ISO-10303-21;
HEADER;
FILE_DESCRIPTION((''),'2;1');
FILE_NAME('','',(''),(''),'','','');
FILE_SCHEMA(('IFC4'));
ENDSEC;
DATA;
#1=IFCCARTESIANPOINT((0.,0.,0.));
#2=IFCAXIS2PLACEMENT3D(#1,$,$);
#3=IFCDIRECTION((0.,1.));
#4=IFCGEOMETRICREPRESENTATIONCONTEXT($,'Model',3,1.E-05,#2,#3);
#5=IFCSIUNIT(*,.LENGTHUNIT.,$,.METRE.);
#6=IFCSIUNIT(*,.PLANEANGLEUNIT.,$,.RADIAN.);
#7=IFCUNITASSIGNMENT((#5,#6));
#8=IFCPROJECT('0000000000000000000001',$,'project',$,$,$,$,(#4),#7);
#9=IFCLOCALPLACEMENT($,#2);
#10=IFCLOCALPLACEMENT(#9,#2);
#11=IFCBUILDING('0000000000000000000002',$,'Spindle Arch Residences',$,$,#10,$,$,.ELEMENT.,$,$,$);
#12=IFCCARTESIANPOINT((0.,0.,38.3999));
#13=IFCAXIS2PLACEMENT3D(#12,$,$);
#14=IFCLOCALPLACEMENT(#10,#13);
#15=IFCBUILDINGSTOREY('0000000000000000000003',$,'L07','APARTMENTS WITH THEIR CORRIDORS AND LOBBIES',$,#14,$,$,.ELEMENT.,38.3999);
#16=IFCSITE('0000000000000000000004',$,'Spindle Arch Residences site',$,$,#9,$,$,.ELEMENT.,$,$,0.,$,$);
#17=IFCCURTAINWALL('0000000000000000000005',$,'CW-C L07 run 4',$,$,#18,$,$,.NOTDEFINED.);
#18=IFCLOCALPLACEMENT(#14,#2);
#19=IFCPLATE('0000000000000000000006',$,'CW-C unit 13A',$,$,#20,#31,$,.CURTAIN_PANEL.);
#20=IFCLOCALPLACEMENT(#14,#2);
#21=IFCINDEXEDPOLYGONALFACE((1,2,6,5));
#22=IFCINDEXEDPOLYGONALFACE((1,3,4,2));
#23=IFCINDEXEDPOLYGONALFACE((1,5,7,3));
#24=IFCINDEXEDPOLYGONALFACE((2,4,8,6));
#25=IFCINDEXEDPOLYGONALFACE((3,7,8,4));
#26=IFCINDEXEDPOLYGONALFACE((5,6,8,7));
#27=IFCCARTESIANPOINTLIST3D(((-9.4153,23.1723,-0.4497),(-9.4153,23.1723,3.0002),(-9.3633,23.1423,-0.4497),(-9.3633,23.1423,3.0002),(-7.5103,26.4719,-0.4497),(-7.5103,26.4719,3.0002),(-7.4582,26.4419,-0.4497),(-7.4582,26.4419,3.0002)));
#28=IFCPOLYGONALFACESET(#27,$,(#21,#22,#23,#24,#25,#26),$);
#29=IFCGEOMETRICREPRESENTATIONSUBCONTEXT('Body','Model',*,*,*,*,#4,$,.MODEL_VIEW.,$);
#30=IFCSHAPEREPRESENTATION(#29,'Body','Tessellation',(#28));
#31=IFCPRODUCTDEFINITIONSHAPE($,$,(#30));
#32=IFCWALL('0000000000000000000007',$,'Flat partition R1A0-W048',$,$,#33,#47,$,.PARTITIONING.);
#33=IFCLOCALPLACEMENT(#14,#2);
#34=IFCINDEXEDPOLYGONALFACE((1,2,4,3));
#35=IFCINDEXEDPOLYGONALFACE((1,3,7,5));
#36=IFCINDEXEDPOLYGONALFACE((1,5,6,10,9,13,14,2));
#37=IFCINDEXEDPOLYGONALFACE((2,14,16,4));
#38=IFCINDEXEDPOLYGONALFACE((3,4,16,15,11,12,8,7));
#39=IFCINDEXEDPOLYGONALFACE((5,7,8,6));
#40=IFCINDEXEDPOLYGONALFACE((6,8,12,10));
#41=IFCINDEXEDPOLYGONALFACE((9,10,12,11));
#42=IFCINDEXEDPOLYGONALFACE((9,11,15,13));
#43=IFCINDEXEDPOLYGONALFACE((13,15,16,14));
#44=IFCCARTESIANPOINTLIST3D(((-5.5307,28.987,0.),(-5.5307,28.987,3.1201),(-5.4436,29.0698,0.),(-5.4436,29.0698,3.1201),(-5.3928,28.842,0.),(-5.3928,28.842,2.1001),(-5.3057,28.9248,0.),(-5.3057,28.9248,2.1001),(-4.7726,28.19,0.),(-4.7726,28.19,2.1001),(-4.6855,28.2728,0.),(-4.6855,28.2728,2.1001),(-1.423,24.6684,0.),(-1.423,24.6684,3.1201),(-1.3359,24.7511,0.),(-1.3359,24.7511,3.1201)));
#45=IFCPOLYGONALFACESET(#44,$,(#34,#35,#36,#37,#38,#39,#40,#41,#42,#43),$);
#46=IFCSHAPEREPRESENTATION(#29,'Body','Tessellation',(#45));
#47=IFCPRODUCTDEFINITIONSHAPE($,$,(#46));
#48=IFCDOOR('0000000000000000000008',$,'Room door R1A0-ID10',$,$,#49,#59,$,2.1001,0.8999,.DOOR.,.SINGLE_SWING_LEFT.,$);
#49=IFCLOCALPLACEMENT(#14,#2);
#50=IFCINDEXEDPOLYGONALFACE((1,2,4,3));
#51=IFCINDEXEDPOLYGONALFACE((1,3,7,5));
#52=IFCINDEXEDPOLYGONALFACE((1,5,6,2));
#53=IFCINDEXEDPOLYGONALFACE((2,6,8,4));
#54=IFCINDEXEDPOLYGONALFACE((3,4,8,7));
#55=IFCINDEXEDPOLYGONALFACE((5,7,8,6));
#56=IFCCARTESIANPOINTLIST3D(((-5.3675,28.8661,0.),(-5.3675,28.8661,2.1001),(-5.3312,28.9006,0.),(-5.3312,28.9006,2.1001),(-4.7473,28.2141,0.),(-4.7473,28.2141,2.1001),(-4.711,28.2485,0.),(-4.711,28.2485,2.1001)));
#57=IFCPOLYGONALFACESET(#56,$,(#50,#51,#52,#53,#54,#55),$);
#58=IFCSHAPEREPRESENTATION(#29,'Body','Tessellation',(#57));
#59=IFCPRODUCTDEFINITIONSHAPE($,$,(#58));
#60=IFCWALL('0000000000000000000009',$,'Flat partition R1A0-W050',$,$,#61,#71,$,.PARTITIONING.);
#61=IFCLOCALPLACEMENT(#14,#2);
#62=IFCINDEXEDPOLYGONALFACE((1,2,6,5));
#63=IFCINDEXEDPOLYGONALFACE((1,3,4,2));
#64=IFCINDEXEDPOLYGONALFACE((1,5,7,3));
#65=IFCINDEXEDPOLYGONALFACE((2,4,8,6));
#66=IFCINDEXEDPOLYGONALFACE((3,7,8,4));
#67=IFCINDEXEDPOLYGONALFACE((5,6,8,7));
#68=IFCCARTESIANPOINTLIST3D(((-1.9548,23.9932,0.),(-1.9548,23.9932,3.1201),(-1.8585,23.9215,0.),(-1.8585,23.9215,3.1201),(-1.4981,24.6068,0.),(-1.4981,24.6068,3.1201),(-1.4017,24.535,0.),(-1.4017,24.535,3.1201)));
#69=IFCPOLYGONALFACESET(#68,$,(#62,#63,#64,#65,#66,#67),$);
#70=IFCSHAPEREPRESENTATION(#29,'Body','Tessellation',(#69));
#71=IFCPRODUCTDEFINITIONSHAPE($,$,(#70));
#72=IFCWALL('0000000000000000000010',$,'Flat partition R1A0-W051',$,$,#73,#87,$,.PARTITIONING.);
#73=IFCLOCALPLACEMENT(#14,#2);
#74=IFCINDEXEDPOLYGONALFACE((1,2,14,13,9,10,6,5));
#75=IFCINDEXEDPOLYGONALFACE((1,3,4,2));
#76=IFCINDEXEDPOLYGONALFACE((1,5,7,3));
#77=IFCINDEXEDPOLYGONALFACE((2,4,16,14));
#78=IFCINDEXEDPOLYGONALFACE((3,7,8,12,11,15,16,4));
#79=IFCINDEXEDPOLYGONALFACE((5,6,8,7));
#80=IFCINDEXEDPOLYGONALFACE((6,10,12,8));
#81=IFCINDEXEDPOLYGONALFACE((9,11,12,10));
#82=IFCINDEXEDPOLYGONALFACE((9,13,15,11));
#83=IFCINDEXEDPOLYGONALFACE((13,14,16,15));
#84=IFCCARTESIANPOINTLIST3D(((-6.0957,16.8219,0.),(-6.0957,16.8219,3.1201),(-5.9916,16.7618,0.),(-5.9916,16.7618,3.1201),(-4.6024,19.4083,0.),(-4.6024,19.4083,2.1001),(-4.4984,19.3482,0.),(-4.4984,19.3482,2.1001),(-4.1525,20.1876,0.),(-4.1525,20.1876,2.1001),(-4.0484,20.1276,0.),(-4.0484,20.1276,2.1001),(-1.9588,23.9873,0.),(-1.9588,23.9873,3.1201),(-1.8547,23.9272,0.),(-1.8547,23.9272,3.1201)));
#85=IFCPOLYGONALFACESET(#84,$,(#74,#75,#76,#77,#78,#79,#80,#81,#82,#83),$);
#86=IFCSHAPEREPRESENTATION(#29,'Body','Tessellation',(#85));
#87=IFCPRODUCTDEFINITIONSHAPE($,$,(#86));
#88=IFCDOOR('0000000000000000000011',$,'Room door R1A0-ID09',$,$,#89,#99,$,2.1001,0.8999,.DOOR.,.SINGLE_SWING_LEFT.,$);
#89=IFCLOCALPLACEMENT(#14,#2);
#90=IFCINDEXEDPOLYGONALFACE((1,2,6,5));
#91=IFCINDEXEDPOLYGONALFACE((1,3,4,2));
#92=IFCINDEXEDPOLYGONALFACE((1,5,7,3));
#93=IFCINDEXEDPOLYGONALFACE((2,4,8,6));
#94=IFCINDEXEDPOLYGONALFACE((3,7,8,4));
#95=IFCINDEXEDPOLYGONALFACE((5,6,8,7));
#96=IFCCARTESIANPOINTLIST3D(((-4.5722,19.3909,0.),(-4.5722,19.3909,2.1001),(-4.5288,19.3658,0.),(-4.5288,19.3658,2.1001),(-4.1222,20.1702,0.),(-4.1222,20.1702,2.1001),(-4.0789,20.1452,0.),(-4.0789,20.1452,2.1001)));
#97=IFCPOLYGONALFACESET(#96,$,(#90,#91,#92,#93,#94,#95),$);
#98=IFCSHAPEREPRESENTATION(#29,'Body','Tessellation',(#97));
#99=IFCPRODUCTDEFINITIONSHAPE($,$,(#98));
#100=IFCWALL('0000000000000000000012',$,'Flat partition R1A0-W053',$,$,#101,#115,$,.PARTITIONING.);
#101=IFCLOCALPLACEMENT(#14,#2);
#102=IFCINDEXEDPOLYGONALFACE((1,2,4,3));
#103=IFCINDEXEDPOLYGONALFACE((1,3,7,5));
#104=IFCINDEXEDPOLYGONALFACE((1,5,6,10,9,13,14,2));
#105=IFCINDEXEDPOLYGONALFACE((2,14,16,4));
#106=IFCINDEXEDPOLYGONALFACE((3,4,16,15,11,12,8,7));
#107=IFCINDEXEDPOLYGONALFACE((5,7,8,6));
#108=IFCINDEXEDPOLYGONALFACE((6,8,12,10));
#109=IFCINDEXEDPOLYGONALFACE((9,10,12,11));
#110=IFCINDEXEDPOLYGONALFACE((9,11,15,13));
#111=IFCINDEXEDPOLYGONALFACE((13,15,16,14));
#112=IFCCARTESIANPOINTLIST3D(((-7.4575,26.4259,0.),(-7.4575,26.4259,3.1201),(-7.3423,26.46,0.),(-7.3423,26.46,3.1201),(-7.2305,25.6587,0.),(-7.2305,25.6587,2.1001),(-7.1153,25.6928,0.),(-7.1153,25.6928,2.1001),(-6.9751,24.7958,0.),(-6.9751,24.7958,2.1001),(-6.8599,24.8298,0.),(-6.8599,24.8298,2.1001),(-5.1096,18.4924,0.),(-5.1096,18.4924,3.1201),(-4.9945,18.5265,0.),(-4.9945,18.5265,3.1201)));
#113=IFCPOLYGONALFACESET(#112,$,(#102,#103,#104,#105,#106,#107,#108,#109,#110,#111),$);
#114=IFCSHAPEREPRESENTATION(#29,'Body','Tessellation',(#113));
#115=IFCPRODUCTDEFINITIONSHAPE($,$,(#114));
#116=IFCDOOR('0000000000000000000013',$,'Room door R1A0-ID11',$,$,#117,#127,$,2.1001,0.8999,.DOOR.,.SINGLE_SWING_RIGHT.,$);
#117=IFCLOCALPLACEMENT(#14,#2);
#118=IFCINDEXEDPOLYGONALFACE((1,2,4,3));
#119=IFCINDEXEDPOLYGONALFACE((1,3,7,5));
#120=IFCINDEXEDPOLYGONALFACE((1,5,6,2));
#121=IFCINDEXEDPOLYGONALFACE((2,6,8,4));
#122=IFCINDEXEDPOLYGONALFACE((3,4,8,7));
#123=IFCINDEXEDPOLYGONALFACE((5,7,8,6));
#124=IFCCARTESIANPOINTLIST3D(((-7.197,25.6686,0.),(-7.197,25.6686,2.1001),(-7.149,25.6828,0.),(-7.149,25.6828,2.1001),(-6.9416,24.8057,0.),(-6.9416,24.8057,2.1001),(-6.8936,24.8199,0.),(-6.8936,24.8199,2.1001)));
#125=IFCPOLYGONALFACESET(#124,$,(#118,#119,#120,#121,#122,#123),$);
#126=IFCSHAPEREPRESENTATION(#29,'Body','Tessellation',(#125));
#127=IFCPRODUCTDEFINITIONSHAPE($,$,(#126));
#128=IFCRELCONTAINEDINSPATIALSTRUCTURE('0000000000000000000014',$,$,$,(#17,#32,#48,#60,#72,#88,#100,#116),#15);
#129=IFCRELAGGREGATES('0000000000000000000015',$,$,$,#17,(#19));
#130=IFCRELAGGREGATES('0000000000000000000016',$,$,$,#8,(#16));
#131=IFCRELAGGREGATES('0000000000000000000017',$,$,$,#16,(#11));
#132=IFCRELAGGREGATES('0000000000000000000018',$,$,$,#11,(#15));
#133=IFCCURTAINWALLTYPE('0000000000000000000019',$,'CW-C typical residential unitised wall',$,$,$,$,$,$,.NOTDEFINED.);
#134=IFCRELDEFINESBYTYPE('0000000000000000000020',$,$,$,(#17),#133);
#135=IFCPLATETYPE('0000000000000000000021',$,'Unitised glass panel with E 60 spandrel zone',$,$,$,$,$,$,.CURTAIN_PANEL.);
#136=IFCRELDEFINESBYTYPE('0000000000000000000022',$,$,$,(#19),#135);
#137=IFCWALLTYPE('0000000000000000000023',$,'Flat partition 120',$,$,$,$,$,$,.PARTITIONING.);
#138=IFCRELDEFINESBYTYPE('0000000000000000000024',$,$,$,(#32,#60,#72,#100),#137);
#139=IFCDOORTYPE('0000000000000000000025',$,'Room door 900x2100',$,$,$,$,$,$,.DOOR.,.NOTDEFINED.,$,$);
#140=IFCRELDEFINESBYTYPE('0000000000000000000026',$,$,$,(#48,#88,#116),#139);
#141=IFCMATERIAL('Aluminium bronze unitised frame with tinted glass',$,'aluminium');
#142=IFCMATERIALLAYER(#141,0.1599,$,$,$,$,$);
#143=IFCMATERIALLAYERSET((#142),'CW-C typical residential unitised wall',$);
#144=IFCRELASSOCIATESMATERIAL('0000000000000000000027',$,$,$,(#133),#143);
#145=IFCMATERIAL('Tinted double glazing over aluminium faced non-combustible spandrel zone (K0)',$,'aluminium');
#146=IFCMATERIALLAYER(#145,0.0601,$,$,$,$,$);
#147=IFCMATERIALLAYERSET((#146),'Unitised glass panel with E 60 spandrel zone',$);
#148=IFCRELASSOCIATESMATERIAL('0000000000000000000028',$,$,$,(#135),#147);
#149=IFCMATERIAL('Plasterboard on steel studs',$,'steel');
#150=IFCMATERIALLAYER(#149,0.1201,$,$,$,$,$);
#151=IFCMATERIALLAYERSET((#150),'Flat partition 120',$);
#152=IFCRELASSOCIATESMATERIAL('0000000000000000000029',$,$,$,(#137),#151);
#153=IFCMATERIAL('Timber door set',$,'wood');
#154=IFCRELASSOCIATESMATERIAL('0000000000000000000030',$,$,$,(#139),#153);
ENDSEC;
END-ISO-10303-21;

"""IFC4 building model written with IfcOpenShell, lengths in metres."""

from ifc_helpers import new_model, si_unit, direction, frame, frame_2d, origin, origin_2d, place, context, subcontext, project, spatial, rectangle, extrude, material, layer, layer_set, type_object, element, fill, aggregate, save


model = new_model("IFC4")

# Units and contexts
model_context = context("Model", 3, precision=1e-05, world=origin(), true_north=direction((0.0, 1.0)))
body_context = subcontext(model_context, "Body", "Model", "MODEL_VIEW")
ifc_project = project(units=[si_unit("LENGTHUNIT", "METRE"), si_unit("PLANEANGLEUNIT", "RADIAN")], contexts=[model_context])

# Site, building, storey
site_placement = place(None, origin())
site = spatial("IfcSite", under=ifc_project, at=site_placement, Name="Spindle Arch Residences site", CompositionType="ELEMENT", RefElevation=0.0)
building_placement = place(site_placement, origin())
building = spatial("IfcBuilding", under=site, at=building_placement, Name="Spindle Arch Residences", CompositionType="ELEMENT")
storey_placement = place(building_placement, frame((0.0, 0.0, 38.3999)))
storey = spatial("IfcBuildingStorey", under=building, at=storey_placement, Name="L07", Description="APARTMENTS WITH THEIR CORRIDORS AND LOBBIES", CompositionType="ELEMENT", Elevation=38.3999)

# Curtain wall
ifc_material_1 = material(Name="Aluminium bronze unitised frame with tinted glass", Category="aluminium")
ifc_layer_1 = layer(ifc_material_1, 0.1599)
ifc_layer_set_1 = layer_set([ifc_layer_1], Name="CW-C typical residential unitised wall")
curtain_wall_type_1 = type_object("IfcCurtainWallType", Name="CW-C typical residential unitised wall", PredefinedType="NOTDEFINED", material=ifc_layer_set_1)
curtain_wall_1_placement = place(storey_placement, origin())
curtain_wall_1 = element("IfcCurtainWall", 1, at=curtain_wall_1_placement, inside=storey, type_object=curtain_wall_type_1, Name="CW-C L07 run 4", PredefinedType="NOTDEFINED")

# Plate
ifc_material_2 = material(Name="Tinted double glazing over aluminium faced non-combustible spandrel zone (K0)", Category="aluminium")
ifc_layer_2 = layer(ifc_material_2, 0.0601)
ifc_layer_set_2 = layer_set([ifc_layer_2], Name="Unitised glass panel with E 60 spandrel zone")
plate_type = type_object("IfcPlateType", Name="Unitised glass panel with E 60 spandrel zone", PredefinedType="CURTAIN_PANEL", material=ifc_layer_set_2)
plate_1_placement = place(storey_placement, frame((-8.4368, 24.8071, -0.4497), z_axis=(0.0, 0.0, 1.0), x_axis=(-0.5, -0.866025, 0.0)))
plate_1 = element("IfcPlate", 2, at=plate_1_placement, type_object=plate_type, Name="CW-C unit 13A", PredefinedType="CURTAIN_PANEL", context=body_context, shape_type="SweptSolid", body=[
    extrude(rectangle(XDim=3.8101, YDim=0.0601, at=origin_2d()), origin(), (0.0, 0.0, 1.0), 3.45),
])
aggregate(curtain_wall_1, [plate_1])

# Wall, opening, door
ifc_material_3 = material(Name="Plasterboard on steel studs", Category="steel")
ifc_layer_3 = layer(ifc_material_3, 0.1201)
ifc_layer_set_3 = layer_set([ifc_layer_3], Name="Flat partition 120")
wall_type = type_object("IfcWallType", Name="Flat partition 120", PredefinedType="PARTITIONING", material=ifc_layer_set_3)
wall_1_placement = place(storey_placement, frame((-5.4871, 29.0283, 0.0), z_axis=(0.0, 0.0, 1.0), x_axis=(0.68919, -0.724581, 0.0)))
wall_1 = element("IfcWall", 3, at=wall_1_placement, inside=storey, type_object=wall_type, Name="Flat partition R1A0-W048", PredefinedType="PARTITIONING", context=body_context, shape_type="SweptSolid", body=[
    extrude(rectangle(XDim=5.9602, YDim=0.1201, at=frame_2d((2.98, 0.0))), origin(), (0.0, 0.0, 1.0), 3.1201),
])
opening_1_placement = place(wall_1_placement, frame((0.2, 0.0, 0.0)))
opening_1 = element("IfcOpeningElement", 4, at=opening_1_placement, cuts=wall_1, PredefinedType="OPENING", context=body_context, shape_type="SweptSolid", body=[
    extrude(rectangle(XDim=0.8999, YDim=2.1001, at=frame_2d((0.45, 1.05))), frame((0.0, 0.0701, 0.0), z_axis=(0.0, -1.0, 0.0), x_axis=(1.0, 0.0, 0.0)), (0.0, 0.0, 1.0), 0.1401),
])
ifc_material_4 = material(Name="Timber door set", Category="wood")
door_type = type_object("IfcDoorType", Name="Room door 900x2100", OperationType="NOTDEFINED", PredefinedType="DOOR", material=ifc_material_4)
door_1_placement = place(opening_1_placement, origin())
door_1 = element("IfcDoor", 5, at=door_1_placement, inside=storey, type_object=door_type, Name="Room door R1A0-ID10", OperationType="SINGLE_SWING_LEFT", OverallHeight=2.1001, OverallWidth=0.8999, PredefinedType="DOOR", context=body_context, shape_type="SweptSolid", body=[
    extrude(rectangle(XDim=0.8999, YDim=2.1001, at=frame_2d((0.45, 1.05))), frame((0.0, 0.0249, 0.0), z_axis=(0.0, -1.0, 0.0), x_axis=(1.0, 0.0, 0.0)), (0.0, 0.0, 1.0), 0.05),
])
fill(opening_1, door_1)

# Wall
wall_2_placement = place(storey_placement, frame((-1.45, 24.5708, 0.0), z_axis=(0.0, 0.0, 1.0), x_axis=(-0.597188, -0.802102, 0.0)))
element("IfcWall", 6, at=wall_2_placement, inside=storey, type_object=wall_type, Name="Flat partition R1A0-W050", PredefinedType="PARTITIONING", context=body_context, shape_type="SweptSolid", body=[
    extrude(rectangle(XDim=0.7649, YDim=0.1201, at=frame_2d((0.3823, 0.0))), origin(), (0.0, 0.0, 1.0), 3.1201),
])

# Walls, openings, doors
wall_3_placement = place(storey_placement, frame((-1.9067, 23.9573, 0.0), z_axis=(0.0, 0.0, 1.0), x_axis=(-0.499995, -0.866028, 0.0)))
wall_3 = element("IfcWall", 7, at=wall_3_placement, inside=storey, type_object=wall_type, Name="Flat partition R1A0-W051", PredefinedType="PARTITIONING", context=body_context, shape_type="SweptSolid", body=[
    extrude(rectangle(XDim=8.2739, YDim=0.1201, at=frame_2d((4.137, 0.0))), origin(), (0.0, 0.0, 1.0), 3.1201),
])
opening_2_placement = place(wall_3_placement, frame((4.3875, 0.0, 0.0)))
opening_2 = element("IfcOpeningElement", 8, at=opening_2_placement, cuts=wall_3, PredefinedType="OPENING", context=body_context, shape_type="SweptSolid", body=[
    extrude(rectangle(XDim=0.8999, YDim=2.1001, at=frame_2d((0.45, 1.05))), frame((0.0, 0.0701, 0.0), z_axis=(0.0, -1.0, 0.0), x_axis=(1.0, 0.0, 0.0)), (0.0, 0.0, 1.0), 0.1401),
])
door_2_placement = place(opening_2_placement, origin())
door_2 = element("IfcDoor", 9, at=door_2_placement, inside=storey, type_object=door_type, Name="Room door R1A0-ID09", OperationType="SINGLE_SWING_LEFT", OverallHeight=2.1001, OverallWidth=0.8999, PredefinedType="DOOR", context=body_context, shape_type="SweptSolid", body=[
    extrude(rectangle(XDim=0.8999, YDim=2.1001, at=frame_2d((0.45, 1.05))), frame((0.0, 0.0249, 0.0), z_axis=(0.0, -1.0, 0.0), x_axis=(1.0, 0.0, 0.0)), (0.0, 0.0, 1.0), 0.05),
])
fill(opening_2, door_2)
wall_4_placement = place(storey_placement, frame((-7.3999, 26.4429, 0.0), z_axis=(0.0, 0.0, 1.0), x_axis=(0.283778, -0.95889, 0.0)))
wall_4 = element("IfcWall", 10, at=wall_4_placement, inside=storey, type_object=wall_type, Name="Flat partition R1A0-W053", PredefinedType="PARTITIONING", context=body_context, shape_type="SweptSolid", body=[
    extrude(rectangle(XDim=8.2737, YDim=0.1201, at=frame_2d((4.1367, 0.0))), origin(), (0.0, 0.0, 1.0), 3.1201),
])
opening_3_placement = place(wall_4_placement, frame((0.8, 0.0, 0.0)))
opening_3 = element("IfcOpeningElement", 11, at=opening_3_placement, cuts=wall_4, PredefinedType="OPENING", context=body_context, shape_type="SweptSolid", body=[
    extrude(rectangle(XDim=0.8999, YDim=2.1001, at=frame_2d((0.45, 1.05))), frame((0.0, 0.0701, 0.0), z_axis=(0.0, -1.0, 0.0), x_axis=(1.0, 0.0, 0.0)), (0.0, 0.0, 1.0), 0.1401),
])
door_3_placement = place(opening_3_placement, origin())
door_3 = element("IfcDoor", 12, at=door_3_placement, inside=storey, type_object=door_type, Name="Room door R1A0-ID11", OperationType="SINGLE_SWING_RIGHT", OverallHeight=2.1001, OverallWidth=0.8999, PredefinedType="DOOR", context=body_context, shape_type="SweptSolid", body=[
    extrude(rectangle(XDim=0.8999, YDim=2.1001, at=frame_2d((0.45, 1.05))), frame((0.0, 0.0249, 0.0), z_axis=(0.0, -1.0, 0.0), x_axis=(1.0, 0.0, 0.0)), (0.0, 0.0, 1.0), 0.05),
])
fill(opening_3, door_3)

save(model, "model.ifc")
